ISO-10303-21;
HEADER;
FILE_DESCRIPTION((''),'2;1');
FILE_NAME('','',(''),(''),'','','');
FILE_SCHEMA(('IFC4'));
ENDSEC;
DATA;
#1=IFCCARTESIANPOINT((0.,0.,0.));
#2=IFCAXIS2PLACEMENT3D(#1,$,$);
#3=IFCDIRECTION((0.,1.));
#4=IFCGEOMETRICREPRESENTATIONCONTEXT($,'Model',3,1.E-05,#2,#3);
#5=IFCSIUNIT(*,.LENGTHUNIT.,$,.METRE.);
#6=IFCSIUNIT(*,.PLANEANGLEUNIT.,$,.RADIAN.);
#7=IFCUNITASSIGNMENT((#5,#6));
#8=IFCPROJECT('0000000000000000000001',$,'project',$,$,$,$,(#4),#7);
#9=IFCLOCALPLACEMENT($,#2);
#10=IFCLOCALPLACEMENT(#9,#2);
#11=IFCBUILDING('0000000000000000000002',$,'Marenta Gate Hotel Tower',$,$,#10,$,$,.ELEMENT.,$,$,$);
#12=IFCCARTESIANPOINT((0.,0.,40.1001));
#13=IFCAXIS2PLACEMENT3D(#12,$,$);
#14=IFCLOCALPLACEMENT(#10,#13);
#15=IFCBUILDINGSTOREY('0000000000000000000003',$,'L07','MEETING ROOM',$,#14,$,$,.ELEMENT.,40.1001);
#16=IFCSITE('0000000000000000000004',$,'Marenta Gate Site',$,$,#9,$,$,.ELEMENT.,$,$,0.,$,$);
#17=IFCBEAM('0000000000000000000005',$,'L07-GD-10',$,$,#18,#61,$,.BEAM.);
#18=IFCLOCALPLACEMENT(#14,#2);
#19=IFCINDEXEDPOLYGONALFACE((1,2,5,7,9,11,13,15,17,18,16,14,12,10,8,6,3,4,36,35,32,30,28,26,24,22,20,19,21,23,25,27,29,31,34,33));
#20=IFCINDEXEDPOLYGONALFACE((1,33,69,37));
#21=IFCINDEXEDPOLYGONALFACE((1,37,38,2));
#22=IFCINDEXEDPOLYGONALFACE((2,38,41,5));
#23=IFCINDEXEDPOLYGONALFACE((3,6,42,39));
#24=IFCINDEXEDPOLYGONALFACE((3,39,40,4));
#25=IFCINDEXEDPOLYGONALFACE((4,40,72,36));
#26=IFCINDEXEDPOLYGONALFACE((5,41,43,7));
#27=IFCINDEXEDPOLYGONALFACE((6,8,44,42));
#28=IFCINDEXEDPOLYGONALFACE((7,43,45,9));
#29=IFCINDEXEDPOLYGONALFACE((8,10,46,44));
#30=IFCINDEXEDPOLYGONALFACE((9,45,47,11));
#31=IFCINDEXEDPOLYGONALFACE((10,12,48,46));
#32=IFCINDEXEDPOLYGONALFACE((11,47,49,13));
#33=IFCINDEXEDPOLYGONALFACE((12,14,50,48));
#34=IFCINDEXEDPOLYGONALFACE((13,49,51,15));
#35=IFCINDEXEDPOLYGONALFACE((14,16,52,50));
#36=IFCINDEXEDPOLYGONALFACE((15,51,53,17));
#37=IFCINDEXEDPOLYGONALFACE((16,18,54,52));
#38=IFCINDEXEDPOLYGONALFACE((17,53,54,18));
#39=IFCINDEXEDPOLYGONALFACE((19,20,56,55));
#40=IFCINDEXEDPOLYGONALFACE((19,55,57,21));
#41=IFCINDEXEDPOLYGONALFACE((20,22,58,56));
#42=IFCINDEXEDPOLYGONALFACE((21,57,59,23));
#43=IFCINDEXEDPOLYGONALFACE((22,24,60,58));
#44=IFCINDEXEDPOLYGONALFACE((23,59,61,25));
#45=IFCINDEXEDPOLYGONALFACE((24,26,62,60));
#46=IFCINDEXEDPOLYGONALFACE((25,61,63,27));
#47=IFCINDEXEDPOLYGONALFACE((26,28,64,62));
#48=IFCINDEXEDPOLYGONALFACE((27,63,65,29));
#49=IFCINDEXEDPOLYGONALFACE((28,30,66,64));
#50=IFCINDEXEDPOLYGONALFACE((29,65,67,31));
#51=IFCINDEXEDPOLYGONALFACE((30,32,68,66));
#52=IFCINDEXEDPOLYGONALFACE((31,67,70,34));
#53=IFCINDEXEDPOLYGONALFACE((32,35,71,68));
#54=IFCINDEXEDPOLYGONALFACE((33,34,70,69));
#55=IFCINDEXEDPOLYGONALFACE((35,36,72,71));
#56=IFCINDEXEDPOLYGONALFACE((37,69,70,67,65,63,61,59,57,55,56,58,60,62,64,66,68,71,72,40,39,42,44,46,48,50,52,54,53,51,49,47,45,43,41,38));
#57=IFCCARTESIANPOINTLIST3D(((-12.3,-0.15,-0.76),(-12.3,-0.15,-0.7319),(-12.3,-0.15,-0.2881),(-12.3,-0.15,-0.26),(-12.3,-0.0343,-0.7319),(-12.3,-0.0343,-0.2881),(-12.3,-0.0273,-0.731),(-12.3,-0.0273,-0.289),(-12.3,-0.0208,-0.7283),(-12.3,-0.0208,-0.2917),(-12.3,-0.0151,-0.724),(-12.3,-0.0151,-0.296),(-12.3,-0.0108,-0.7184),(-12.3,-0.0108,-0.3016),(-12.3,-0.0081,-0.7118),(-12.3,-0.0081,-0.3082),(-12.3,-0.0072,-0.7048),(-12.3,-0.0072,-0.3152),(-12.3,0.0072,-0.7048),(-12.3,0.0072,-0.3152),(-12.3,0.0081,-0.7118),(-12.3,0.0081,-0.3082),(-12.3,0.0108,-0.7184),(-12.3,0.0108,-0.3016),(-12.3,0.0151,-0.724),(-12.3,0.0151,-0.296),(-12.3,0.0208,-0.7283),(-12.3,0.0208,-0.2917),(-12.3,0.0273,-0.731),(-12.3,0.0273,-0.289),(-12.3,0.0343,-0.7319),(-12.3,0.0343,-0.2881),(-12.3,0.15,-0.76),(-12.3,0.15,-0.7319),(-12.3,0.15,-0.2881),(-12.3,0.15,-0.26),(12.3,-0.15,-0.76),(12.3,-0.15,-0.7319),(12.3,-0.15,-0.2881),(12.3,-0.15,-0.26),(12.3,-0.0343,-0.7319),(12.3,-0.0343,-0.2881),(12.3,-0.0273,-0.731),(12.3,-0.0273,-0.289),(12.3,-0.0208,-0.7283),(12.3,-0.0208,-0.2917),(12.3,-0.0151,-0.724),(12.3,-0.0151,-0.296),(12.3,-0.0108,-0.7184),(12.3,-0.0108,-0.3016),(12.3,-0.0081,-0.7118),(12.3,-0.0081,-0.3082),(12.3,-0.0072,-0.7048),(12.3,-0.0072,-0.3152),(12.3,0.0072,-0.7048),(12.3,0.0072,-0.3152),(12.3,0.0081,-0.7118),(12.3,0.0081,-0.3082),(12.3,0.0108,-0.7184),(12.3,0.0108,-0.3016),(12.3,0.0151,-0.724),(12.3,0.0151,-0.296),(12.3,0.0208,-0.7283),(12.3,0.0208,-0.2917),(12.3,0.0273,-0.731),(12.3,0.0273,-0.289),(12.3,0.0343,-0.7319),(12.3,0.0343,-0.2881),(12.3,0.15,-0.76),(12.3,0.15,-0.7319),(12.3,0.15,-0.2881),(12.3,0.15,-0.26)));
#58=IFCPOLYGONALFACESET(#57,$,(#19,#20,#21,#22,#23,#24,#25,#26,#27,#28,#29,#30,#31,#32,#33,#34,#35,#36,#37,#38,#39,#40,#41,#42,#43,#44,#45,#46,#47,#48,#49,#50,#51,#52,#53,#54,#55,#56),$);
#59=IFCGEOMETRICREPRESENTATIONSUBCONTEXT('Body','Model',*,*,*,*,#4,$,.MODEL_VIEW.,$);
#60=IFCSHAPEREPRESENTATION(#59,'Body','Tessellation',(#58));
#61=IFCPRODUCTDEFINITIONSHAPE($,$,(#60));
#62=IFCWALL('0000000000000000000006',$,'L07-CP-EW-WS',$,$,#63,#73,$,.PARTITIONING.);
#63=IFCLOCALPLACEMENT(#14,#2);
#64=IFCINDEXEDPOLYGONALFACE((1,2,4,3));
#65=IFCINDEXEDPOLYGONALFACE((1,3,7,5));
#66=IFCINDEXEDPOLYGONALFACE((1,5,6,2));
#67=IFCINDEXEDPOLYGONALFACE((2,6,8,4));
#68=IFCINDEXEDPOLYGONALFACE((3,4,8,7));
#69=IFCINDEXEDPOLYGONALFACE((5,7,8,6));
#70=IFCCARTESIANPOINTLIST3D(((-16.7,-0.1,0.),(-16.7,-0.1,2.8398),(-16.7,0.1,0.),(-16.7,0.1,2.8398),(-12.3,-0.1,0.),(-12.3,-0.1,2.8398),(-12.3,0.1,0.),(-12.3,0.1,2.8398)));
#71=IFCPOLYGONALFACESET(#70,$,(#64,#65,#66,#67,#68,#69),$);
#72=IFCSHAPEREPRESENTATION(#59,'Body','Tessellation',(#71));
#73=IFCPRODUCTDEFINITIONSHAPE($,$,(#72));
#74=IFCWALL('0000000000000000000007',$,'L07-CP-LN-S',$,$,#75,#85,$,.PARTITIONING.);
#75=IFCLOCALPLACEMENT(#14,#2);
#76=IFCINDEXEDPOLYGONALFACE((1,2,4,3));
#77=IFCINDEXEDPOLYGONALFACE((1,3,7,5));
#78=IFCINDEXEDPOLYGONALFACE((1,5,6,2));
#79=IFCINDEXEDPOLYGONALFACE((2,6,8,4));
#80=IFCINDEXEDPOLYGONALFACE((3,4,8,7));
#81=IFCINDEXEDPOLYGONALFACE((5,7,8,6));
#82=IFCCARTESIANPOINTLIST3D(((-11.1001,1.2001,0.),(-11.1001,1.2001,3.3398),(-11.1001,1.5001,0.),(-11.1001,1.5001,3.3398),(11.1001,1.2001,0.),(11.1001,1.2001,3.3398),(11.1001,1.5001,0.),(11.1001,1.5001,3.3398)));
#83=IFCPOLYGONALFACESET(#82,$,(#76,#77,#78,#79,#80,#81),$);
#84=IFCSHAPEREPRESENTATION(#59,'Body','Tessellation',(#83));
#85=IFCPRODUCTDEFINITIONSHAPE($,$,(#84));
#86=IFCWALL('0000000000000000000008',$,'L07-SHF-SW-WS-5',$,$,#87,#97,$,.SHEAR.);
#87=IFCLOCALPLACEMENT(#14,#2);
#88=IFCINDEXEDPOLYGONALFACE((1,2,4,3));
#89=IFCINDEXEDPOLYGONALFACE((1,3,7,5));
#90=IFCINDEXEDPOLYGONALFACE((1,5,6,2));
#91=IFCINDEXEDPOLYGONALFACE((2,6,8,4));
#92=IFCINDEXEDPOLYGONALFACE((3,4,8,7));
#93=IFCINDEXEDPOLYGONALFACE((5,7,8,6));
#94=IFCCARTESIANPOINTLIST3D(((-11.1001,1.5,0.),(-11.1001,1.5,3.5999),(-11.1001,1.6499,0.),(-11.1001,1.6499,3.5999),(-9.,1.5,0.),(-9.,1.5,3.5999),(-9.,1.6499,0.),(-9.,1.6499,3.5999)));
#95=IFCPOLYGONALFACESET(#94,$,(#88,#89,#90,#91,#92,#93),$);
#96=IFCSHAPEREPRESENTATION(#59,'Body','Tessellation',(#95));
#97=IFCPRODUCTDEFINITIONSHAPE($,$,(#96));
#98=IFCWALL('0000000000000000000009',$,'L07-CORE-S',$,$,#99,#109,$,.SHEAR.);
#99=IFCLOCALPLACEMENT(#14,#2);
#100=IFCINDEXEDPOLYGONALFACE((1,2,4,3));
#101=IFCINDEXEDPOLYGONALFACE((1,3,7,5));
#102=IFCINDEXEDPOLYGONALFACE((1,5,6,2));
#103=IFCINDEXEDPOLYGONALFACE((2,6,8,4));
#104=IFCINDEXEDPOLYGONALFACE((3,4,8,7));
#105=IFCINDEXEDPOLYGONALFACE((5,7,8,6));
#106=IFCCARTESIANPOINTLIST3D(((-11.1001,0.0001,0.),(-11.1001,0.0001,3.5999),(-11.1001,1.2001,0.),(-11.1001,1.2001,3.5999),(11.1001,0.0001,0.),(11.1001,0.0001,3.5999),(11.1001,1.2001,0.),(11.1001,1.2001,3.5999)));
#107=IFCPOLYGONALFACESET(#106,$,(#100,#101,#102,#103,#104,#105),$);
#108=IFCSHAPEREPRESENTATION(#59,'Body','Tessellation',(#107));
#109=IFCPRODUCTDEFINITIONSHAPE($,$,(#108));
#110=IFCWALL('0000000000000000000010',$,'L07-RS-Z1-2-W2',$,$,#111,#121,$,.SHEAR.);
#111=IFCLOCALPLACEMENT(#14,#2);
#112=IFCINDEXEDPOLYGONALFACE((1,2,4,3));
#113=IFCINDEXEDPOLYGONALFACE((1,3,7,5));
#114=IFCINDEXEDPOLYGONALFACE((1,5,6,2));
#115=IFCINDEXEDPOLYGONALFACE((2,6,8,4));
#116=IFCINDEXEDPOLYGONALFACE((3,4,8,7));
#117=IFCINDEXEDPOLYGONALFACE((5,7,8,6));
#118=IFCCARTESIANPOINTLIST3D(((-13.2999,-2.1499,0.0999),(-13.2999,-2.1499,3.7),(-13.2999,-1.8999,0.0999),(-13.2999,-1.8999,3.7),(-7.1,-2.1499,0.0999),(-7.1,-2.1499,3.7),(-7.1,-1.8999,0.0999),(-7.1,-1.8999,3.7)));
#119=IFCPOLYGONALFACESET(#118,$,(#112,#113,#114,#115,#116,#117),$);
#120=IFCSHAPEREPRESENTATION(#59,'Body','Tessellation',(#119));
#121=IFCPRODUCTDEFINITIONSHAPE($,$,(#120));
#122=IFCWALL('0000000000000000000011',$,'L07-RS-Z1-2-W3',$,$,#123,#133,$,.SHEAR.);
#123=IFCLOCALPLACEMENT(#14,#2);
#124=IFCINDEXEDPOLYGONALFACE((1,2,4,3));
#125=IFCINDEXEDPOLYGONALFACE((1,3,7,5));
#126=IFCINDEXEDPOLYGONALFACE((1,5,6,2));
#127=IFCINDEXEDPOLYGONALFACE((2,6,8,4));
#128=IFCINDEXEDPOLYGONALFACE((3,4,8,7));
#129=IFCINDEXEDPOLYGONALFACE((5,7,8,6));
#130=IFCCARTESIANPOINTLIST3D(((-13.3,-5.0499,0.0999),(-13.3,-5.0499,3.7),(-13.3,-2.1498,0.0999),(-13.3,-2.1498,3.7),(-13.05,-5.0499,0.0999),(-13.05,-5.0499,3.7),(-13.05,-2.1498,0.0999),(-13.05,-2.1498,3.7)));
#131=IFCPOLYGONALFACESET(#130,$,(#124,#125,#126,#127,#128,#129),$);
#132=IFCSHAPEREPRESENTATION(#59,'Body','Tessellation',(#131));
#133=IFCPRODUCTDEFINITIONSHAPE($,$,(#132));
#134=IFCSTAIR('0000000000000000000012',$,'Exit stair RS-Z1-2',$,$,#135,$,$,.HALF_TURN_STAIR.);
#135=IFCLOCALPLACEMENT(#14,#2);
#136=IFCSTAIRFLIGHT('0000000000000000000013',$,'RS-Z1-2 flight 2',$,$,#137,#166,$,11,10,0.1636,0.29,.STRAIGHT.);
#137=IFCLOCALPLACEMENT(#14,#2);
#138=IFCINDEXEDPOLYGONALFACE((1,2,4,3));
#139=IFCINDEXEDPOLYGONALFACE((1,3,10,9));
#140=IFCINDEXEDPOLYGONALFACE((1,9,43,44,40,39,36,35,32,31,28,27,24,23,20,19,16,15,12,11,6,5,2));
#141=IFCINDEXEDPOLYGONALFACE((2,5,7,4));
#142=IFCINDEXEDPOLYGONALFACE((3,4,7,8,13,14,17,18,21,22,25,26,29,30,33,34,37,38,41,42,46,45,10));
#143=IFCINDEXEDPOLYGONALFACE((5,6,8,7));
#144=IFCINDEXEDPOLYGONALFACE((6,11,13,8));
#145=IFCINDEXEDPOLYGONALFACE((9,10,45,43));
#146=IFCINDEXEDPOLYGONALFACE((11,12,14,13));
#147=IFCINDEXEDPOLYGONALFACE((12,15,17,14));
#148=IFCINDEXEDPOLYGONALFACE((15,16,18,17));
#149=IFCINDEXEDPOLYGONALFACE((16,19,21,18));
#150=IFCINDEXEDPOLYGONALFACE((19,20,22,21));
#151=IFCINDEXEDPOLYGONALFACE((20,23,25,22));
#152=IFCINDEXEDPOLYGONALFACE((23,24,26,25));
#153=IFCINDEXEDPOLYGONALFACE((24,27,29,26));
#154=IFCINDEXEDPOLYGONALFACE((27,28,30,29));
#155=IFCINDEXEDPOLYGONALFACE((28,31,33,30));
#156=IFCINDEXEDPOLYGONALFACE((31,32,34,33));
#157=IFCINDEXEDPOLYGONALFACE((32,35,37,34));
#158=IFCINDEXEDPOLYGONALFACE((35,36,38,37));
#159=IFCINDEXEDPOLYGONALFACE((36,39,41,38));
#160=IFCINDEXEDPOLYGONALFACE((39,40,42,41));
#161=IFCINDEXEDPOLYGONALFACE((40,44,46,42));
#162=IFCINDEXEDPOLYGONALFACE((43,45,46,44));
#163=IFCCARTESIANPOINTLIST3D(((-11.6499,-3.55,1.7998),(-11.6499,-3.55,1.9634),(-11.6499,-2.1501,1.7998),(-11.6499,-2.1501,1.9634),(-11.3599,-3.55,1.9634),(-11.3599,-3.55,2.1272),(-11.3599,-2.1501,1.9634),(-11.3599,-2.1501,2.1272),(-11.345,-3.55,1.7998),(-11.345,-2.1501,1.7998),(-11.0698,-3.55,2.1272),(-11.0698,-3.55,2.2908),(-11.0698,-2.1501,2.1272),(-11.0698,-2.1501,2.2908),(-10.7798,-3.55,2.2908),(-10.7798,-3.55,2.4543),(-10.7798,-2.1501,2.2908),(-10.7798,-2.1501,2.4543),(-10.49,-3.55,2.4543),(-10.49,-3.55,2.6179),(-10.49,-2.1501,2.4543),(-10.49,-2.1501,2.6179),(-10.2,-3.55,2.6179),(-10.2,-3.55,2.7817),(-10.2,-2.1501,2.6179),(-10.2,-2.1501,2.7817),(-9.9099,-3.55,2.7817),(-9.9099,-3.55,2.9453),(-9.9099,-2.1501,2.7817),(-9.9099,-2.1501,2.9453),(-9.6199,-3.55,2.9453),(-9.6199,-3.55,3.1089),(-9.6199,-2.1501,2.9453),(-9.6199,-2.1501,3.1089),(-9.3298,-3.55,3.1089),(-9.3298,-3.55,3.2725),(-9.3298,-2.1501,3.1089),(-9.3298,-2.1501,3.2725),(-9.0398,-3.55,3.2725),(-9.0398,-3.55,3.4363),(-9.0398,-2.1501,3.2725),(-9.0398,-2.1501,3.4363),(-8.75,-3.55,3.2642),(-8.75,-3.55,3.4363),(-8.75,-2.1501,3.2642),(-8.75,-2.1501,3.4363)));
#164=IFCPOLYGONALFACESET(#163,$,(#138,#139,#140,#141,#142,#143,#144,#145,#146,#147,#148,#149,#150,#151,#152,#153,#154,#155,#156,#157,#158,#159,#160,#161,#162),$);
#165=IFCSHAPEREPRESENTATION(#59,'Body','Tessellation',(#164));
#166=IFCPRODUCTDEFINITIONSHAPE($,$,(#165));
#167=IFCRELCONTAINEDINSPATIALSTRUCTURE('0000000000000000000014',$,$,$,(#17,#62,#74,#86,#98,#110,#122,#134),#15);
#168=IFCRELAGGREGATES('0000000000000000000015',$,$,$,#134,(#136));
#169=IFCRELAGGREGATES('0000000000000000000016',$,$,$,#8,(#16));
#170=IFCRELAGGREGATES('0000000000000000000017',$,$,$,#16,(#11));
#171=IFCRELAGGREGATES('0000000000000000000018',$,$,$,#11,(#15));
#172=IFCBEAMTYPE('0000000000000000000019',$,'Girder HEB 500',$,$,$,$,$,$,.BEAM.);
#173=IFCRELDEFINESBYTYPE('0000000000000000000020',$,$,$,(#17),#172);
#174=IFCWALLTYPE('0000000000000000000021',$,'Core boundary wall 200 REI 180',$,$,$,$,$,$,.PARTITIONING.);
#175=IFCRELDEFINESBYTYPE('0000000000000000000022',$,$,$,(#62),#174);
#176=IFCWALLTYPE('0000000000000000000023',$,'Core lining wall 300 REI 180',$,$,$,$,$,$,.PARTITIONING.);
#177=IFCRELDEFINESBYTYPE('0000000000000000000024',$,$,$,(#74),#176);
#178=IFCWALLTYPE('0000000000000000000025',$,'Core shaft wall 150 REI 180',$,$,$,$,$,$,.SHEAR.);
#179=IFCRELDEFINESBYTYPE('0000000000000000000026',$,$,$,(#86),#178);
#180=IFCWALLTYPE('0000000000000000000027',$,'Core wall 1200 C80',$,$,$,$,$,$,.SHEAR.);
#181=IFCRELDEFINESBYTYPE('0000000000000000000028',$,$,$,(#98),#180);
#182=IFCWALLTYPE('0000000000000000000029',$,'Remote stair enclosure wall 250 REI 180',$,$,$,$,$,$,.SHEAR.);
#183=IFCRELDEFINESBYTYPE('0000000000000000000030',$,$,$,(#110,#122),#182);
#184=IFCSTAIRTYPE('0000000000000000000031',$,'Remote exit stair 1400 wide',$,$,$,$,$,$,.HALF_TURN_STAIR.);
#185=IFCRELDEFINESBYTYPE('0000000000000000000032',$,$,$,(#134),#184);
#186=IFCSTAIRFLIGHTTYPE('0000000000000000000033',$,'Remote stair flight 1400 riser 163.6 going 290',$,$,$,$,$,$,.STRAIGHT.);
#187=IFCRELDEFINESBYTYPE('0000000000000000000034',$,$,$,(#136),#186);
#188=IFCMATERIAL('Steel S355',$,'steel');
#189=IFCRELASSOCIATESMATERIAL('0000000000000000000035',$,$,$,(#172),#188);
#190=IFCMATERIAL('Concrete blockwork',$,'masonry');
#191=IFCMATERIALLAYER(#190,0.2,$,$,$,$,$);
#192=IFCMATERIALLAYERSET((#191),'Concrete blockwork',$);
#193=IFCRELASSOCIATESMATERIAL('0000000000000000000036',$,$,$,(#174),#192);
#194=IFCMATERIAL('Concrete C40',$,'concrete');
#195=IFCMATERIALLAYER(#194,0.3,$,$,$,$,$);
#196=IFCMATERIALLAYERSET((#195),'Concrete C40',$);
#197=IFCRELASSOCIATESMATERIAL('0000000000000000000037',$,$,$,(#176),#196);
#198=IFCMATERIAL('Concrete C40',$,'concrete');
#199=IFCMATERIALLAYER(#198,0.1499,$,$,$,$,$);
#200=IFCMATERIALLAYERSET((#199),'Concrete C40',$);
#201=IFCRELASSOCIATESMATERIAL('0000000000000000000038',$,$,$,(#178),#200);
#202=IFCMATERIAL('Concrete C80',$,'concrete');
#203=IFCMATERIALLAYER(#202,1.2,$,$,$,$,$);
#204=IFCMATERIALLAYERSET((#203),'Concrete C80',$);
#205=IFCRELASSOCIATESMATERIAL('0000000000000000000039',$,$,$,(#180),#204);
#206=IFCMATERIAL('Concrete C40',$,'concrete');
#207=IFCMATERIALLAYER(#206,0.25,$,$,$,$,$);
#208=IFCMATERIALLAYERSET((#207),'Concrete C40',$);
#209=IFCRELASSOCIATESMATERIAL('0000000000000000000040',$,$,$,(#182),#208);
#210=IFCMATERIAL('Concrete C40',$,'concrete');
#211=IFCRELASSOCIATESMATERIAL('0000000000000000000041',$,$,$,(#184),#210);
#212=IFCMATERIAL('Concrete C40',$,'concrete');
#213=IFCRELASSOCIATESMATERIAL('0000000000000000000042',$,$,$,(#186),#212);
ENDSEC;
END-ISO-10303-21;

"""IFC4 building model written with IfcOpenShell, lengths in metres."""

from ifc_helpers import new_model, si_unit, direction, frame, frame_2d, origin, origin_2d, place, context, subcontext, project, spatial, polyline, rectangle, i_section, outline, extrude, material, layer, layer_set, material_profile, profile_set, type_object, element, aggregate, save


model = new_model("IFC4")

# Units and contexts
model_context = context("Model", 3, precision=1e-05, world=origin(), true_north=direction((0.0, 1.0)))
body_context = subcontext(model_context, "Body", "Model", "MODEL_VIEW")
ifc_project = project(units=[si_unit("LENGTHUNIT", "METRE"), si_unit("PLANEANGLEUNIT", "RADIAN")], contexts=[model_context])

# Site, building, storey
site_placement = place(None, origin())
site = spatial("IfcSite", under=ifc_project, at=site_placement, Name="Marenta Gate Site", CompositionType="ELEMENT", RefElevation=0.0)
building_placement = place(site_placement, origin())
building = spatial("IfcBuilding", under=site, at=building_placement, Name="Marenta Gate Hotel Tower", CompositionType="ELEMENT")
storey_placement = place(building_placement, frame((0.0, 0.0, 40.1001)))
storey = spatial("IfcBuildingStorey", under=building, at=storey_placement, Name="L07", Description="MEETING ROOM", CompositionType="ELEMENT", Elevation=40.1001)

# Beam
ifc_material_1 = material(Name="Steel S355", Category="steel")
ifc_material_profile = material_profile(ifc_material_1, i_section(OverallWidth=0.3, OverallDepth=0.5, WebThickness=0.0144, FlangeThickness=0.0281, FilletRadius=0.0271, at=origin_2d()), Name="HEB 500")
ifc_profile_set = profile_set([ifc_material_profile], Name="Steel S355")
beam_type = type_object("IfcBeamType", Name="Girder HEB 500", PredefinedType="BEAM", material=ifc_profile_set)
beam_placement = place(storey_placement, frame((-12.3, 0.0, -0.51), z_axis=(1.0, 0.0, 0.0), x_axis=(0.0, 1.0, 0.0)))
element("IfcBeam", 1, at=beam_placement, inside=storey, type_object=beam_type, Name="L07-GD-10", PredefinedType="BEAM", context=body_context, shape_type="SweptSolid", body=[
    extrude(i_section(OverallWidth=0.3, OverallDepth=0.5, WebThickness=0.0144, FlangeThickness=0.0281, FilletRadius=0.0271, at=origin_2d()), origin(), (0.0, 0.0, 1.0), 24.6001),
])

# Walls
ifc_material_2 = material(Name="Concrete blockwork", Category="masonry")
ifc_layer_1 = layer(ifc_material_2, 0.2)
ifc_layer_set_1 = layer_set([ifc_layer_1], Name="Concrete blockwork")
wall_type_1 = type_object("IfcWallType", Name="Core boundary wall 200 REI 180", PredefinedType="PARTITIONING", material=ifc_layer_set_1)
wall_1_placement = place(storey_placement, frame((-16.7, 0.0, 0.0), z_axis=(0.0, 0.0, 1.0), x_axis=(1.0, 0.0, 0.0)))
element("IfcWall", 2, at=wall_1_placement, inside=storey, type_object=wall_type_1, Name="L07-CP-EW-WS", PredefinedType="PARTITIONING", context=body_context, shape_type="SweptSolid", body=[
    extrude(rectangle(XDim=4.3999, YDim=0.2, at=frame_2d((2.2, 0.0))), origin(), (0.0, 0.0, 1.0), 2.8398),
])
ifc_material_3 = material(Name="Concrete C40", Category="concrete")
ifc_layer_2 = layer(ifc_material_3, 0.3)
ifc_layer_set_2 = layer_set([ifc_layer_2], Name="Concrete C40")
wall_type_2 = type_object("IfcWallType", Name="Core lining wall 300 REI 180", PredefinedType="PARTITIONING", material=ifc_layer_set_2)
wall_2_placement = place(storey_placement, frame((-11.1001, 1.3501, 0.0), z_axis=(0.0, 0.0, 1.0), x_axis=(1.0, 0.0, 0.0)))
element("IfcWall", 3, at=wall_2_placement, inside=storey, type_object=wall_type_2, Name="L07-CP-LN-S", PredefinedType="PARTITIONING", context=body_context, shape_type="SweptSolid", body=[
    extrude(rectangle(XDim=22.2002, YDim=0.3, at=frame_2d((11.1001, 0.0))), origin(), (0.0, 0.0, 1.0), 3.3398),
])
ifc_material_4 = material(Name="Concrete C40", Category="concrete")
ifc_layer_3 = layer(ifc_material_4, 0.1499)
ifc_layer_set_3 = layer_set([ifc_layer_3], Name="Concrete C40")
wall_type_3 = type_object("IfcWallType", Name="Core shaft wall 150 REI 180", PredefinedType="SHEAR", material=ifc_layer_set_3)
wall_3_placement = place(storey_placement, frame((-11.1001, 1.575, 0.0), z_axis=(0.0, 0.0, 1.0), x_axis=(1.0, 0.0, 0.0)))
element("IfcWall", 4, at=wall_3_placement, inside=storey, type_object=wall_type_3, Name="L07-SHF-SW-WS-5", PredefinedType="SHEAR", context=body_context, shape_type="SweptSolid", body=[
    extrude(rectangle(XDim=2.1001, YDim=0.1499, at=frame_2d((1.05, 0.0))), origin(), (0.0, 0.0, 1.0), 3.5999),
])

# Shared definitions
ifc_material_5 = material(Name="Concrete C80", Category="concrete")
ifc_layer_4 = layer(ifc_material_5, 1.2)
ifc_layer_set_4 = layer_set([ifc_layer_4], Name="Concrete C80")
wall_type_4 = type_object("IfcWallType", Name="Core wall 1200 C80", PredefinedType="SHEAR", material=ifc_layer_set_4)

# Walls
wall_4_placement = place(storey_placement, frame((-11.1001, 0.6001, 0.0), z_axis=(0.0, 0.0, 1.0), x_axis=(1.0, 0.0, 0.0)))
element("IfcWall", 5, at=wall_4_placement, inside=storey, type_object=wall_type_4, Name="L07-CORE-S", PredefinedType="SHEAR", context=body_context, shape_type="SweptSolid", body=[
    extrude(rectangle(XDim=22.2002, YDim=1.2, at=frame_2d((11.1001, 0.0))), origin(), (0.0, 0.0, 1.0), 3.5999),
])
ifc_material_6 = material(Name="Concrete C40", Category="concrete")
ifc_layer_5 = layer(ifc_material_6, 0.25)
ifc_layer_set_5 = layer_set([ifc_layer_5], Name="Concrete C40")
wall_type_5 = type_object("IfcWallType", Name="Remote stair enclosure wall 250 REI 180", PredefinedType="SHEAR", material=ifc_layer_set_5)
wall_5_placement = place(storey_placement, frame((-13.3, -2.0249, 0.0999), z_axis=(0.0, 0.0, 1.0), x_axis=(1.0, 0.0, 0.0)))
element("IfcWall", 6, at=wall_5_placement, inside=storey, type_object=wall_type_5, Name="L07-RS-Z1-2-W2", PredefinedType="SHEAR", context=body_context, shape_type="SweptSolid", body=[
    extrude(rectangle(XDim=6.2, YDim=0.25, at=frame_2d((3.1001, 0.0))), origin(), (0.0, 0.0, 1.0), 3.6001),
])
wall_6_placement = place(storey_placement, frame((-13.175, -5.05, 0.0999), z_axis=(0.0, 0.0, 1.0), x_axis=(0.0, 1.0, 0.0)))
element("IfcWall", 7, at=wall_6_placement, inside=storey, type_object=wall_type_5, Name="L07-RS-Z1-2-W3", PredefinedType="SHEAR", context=body_context, shape_type="SweptSolid", body=[
    extrude(rectangle(XDim=2.9001, YDim=0.25, at=frame_2d((1.4502, 0.0))), origin(), (0.0, 0.0, 1.0), 3.6001),
])

# Stair, stair flight
ifc_material_7 = material(Name="Concrete C40", Category="concrete")
stair_type = type_object("IfcStairType", Name="Remote exit stair 1400 wide", PredefinedType="HALF_TURN_STAIR", material=ifc_material_7)
stair_placement = place(storey_placement, origin())
stair = element("IfcStair", 8, at=stair_placement, inside=storey, type_object=stair_type, Name="Exit stair RS-Z1-2", PredefinedType="HALF_TURN_STAIR")
ifc_material_8 = material(Name="Concrete C40", Category="concrete")
stair_flight_type = type_object("IfcStairFlightType", Name="Remote stair flight 1400 riser 163.6 going 290", PredefinedType="STRAIGHT", material=ifc_material_8)
stair_flight_placement = place(storey_placement, frame((-11.6499, -2.8501, 1.7998), z_axis=(0.0, 0.0, 1.0), x_axis=(1.0, 0.0, 0.0)))
stair_flight = element("IfcStairFlight", 9, at=stair_flight_placement, type_object=stair_flight_type, Name="RS-Z1-2 flight 2", NumberOfRisers=11, NumberOfTreads=10, PredefinedType="STRAIGHT", RiserHeight=0.1636, TreadLength=0.29, context=body_context, shape_type="SweptSolid", body=[
    extrude(outline(polyline([(0.0, 0.0), (0.0, 0.1636), (0.29, 0.1636), (0.29, 0.3274), (0.5801, 0.3274), (0.5801, 0.491), (0.8701, 0.491), (0.8701, 0.6545), (1.1599, 0.6545), (1.1599, 0.8181), (1.45, 0.8181), (1.45, 0.9819), (1.74, 0.9819), (1.74, 1.1455), (2.03, 1.1455), (2.03, 1.3091), (2.3201, 1.3091), (2.3201, 1.4727), (2.6101, 1.4727), (2.6101, 1.6365), (2.8999, 1.6365), (2.8999, 1.8), (2.8999, 1.4644), (0.3049, 0.0), (0.0, 0.0)])), frame((0.0, 0.7, 0.0), z_axis=(0.0, -1.0, 0.0), x_axis=(1.0, 0.0, 0.0)), (0.0, 0.0, 1.0), 1.3999),
])
aggregate(stair, [stair_flight])

save(model, "model.ifc")
